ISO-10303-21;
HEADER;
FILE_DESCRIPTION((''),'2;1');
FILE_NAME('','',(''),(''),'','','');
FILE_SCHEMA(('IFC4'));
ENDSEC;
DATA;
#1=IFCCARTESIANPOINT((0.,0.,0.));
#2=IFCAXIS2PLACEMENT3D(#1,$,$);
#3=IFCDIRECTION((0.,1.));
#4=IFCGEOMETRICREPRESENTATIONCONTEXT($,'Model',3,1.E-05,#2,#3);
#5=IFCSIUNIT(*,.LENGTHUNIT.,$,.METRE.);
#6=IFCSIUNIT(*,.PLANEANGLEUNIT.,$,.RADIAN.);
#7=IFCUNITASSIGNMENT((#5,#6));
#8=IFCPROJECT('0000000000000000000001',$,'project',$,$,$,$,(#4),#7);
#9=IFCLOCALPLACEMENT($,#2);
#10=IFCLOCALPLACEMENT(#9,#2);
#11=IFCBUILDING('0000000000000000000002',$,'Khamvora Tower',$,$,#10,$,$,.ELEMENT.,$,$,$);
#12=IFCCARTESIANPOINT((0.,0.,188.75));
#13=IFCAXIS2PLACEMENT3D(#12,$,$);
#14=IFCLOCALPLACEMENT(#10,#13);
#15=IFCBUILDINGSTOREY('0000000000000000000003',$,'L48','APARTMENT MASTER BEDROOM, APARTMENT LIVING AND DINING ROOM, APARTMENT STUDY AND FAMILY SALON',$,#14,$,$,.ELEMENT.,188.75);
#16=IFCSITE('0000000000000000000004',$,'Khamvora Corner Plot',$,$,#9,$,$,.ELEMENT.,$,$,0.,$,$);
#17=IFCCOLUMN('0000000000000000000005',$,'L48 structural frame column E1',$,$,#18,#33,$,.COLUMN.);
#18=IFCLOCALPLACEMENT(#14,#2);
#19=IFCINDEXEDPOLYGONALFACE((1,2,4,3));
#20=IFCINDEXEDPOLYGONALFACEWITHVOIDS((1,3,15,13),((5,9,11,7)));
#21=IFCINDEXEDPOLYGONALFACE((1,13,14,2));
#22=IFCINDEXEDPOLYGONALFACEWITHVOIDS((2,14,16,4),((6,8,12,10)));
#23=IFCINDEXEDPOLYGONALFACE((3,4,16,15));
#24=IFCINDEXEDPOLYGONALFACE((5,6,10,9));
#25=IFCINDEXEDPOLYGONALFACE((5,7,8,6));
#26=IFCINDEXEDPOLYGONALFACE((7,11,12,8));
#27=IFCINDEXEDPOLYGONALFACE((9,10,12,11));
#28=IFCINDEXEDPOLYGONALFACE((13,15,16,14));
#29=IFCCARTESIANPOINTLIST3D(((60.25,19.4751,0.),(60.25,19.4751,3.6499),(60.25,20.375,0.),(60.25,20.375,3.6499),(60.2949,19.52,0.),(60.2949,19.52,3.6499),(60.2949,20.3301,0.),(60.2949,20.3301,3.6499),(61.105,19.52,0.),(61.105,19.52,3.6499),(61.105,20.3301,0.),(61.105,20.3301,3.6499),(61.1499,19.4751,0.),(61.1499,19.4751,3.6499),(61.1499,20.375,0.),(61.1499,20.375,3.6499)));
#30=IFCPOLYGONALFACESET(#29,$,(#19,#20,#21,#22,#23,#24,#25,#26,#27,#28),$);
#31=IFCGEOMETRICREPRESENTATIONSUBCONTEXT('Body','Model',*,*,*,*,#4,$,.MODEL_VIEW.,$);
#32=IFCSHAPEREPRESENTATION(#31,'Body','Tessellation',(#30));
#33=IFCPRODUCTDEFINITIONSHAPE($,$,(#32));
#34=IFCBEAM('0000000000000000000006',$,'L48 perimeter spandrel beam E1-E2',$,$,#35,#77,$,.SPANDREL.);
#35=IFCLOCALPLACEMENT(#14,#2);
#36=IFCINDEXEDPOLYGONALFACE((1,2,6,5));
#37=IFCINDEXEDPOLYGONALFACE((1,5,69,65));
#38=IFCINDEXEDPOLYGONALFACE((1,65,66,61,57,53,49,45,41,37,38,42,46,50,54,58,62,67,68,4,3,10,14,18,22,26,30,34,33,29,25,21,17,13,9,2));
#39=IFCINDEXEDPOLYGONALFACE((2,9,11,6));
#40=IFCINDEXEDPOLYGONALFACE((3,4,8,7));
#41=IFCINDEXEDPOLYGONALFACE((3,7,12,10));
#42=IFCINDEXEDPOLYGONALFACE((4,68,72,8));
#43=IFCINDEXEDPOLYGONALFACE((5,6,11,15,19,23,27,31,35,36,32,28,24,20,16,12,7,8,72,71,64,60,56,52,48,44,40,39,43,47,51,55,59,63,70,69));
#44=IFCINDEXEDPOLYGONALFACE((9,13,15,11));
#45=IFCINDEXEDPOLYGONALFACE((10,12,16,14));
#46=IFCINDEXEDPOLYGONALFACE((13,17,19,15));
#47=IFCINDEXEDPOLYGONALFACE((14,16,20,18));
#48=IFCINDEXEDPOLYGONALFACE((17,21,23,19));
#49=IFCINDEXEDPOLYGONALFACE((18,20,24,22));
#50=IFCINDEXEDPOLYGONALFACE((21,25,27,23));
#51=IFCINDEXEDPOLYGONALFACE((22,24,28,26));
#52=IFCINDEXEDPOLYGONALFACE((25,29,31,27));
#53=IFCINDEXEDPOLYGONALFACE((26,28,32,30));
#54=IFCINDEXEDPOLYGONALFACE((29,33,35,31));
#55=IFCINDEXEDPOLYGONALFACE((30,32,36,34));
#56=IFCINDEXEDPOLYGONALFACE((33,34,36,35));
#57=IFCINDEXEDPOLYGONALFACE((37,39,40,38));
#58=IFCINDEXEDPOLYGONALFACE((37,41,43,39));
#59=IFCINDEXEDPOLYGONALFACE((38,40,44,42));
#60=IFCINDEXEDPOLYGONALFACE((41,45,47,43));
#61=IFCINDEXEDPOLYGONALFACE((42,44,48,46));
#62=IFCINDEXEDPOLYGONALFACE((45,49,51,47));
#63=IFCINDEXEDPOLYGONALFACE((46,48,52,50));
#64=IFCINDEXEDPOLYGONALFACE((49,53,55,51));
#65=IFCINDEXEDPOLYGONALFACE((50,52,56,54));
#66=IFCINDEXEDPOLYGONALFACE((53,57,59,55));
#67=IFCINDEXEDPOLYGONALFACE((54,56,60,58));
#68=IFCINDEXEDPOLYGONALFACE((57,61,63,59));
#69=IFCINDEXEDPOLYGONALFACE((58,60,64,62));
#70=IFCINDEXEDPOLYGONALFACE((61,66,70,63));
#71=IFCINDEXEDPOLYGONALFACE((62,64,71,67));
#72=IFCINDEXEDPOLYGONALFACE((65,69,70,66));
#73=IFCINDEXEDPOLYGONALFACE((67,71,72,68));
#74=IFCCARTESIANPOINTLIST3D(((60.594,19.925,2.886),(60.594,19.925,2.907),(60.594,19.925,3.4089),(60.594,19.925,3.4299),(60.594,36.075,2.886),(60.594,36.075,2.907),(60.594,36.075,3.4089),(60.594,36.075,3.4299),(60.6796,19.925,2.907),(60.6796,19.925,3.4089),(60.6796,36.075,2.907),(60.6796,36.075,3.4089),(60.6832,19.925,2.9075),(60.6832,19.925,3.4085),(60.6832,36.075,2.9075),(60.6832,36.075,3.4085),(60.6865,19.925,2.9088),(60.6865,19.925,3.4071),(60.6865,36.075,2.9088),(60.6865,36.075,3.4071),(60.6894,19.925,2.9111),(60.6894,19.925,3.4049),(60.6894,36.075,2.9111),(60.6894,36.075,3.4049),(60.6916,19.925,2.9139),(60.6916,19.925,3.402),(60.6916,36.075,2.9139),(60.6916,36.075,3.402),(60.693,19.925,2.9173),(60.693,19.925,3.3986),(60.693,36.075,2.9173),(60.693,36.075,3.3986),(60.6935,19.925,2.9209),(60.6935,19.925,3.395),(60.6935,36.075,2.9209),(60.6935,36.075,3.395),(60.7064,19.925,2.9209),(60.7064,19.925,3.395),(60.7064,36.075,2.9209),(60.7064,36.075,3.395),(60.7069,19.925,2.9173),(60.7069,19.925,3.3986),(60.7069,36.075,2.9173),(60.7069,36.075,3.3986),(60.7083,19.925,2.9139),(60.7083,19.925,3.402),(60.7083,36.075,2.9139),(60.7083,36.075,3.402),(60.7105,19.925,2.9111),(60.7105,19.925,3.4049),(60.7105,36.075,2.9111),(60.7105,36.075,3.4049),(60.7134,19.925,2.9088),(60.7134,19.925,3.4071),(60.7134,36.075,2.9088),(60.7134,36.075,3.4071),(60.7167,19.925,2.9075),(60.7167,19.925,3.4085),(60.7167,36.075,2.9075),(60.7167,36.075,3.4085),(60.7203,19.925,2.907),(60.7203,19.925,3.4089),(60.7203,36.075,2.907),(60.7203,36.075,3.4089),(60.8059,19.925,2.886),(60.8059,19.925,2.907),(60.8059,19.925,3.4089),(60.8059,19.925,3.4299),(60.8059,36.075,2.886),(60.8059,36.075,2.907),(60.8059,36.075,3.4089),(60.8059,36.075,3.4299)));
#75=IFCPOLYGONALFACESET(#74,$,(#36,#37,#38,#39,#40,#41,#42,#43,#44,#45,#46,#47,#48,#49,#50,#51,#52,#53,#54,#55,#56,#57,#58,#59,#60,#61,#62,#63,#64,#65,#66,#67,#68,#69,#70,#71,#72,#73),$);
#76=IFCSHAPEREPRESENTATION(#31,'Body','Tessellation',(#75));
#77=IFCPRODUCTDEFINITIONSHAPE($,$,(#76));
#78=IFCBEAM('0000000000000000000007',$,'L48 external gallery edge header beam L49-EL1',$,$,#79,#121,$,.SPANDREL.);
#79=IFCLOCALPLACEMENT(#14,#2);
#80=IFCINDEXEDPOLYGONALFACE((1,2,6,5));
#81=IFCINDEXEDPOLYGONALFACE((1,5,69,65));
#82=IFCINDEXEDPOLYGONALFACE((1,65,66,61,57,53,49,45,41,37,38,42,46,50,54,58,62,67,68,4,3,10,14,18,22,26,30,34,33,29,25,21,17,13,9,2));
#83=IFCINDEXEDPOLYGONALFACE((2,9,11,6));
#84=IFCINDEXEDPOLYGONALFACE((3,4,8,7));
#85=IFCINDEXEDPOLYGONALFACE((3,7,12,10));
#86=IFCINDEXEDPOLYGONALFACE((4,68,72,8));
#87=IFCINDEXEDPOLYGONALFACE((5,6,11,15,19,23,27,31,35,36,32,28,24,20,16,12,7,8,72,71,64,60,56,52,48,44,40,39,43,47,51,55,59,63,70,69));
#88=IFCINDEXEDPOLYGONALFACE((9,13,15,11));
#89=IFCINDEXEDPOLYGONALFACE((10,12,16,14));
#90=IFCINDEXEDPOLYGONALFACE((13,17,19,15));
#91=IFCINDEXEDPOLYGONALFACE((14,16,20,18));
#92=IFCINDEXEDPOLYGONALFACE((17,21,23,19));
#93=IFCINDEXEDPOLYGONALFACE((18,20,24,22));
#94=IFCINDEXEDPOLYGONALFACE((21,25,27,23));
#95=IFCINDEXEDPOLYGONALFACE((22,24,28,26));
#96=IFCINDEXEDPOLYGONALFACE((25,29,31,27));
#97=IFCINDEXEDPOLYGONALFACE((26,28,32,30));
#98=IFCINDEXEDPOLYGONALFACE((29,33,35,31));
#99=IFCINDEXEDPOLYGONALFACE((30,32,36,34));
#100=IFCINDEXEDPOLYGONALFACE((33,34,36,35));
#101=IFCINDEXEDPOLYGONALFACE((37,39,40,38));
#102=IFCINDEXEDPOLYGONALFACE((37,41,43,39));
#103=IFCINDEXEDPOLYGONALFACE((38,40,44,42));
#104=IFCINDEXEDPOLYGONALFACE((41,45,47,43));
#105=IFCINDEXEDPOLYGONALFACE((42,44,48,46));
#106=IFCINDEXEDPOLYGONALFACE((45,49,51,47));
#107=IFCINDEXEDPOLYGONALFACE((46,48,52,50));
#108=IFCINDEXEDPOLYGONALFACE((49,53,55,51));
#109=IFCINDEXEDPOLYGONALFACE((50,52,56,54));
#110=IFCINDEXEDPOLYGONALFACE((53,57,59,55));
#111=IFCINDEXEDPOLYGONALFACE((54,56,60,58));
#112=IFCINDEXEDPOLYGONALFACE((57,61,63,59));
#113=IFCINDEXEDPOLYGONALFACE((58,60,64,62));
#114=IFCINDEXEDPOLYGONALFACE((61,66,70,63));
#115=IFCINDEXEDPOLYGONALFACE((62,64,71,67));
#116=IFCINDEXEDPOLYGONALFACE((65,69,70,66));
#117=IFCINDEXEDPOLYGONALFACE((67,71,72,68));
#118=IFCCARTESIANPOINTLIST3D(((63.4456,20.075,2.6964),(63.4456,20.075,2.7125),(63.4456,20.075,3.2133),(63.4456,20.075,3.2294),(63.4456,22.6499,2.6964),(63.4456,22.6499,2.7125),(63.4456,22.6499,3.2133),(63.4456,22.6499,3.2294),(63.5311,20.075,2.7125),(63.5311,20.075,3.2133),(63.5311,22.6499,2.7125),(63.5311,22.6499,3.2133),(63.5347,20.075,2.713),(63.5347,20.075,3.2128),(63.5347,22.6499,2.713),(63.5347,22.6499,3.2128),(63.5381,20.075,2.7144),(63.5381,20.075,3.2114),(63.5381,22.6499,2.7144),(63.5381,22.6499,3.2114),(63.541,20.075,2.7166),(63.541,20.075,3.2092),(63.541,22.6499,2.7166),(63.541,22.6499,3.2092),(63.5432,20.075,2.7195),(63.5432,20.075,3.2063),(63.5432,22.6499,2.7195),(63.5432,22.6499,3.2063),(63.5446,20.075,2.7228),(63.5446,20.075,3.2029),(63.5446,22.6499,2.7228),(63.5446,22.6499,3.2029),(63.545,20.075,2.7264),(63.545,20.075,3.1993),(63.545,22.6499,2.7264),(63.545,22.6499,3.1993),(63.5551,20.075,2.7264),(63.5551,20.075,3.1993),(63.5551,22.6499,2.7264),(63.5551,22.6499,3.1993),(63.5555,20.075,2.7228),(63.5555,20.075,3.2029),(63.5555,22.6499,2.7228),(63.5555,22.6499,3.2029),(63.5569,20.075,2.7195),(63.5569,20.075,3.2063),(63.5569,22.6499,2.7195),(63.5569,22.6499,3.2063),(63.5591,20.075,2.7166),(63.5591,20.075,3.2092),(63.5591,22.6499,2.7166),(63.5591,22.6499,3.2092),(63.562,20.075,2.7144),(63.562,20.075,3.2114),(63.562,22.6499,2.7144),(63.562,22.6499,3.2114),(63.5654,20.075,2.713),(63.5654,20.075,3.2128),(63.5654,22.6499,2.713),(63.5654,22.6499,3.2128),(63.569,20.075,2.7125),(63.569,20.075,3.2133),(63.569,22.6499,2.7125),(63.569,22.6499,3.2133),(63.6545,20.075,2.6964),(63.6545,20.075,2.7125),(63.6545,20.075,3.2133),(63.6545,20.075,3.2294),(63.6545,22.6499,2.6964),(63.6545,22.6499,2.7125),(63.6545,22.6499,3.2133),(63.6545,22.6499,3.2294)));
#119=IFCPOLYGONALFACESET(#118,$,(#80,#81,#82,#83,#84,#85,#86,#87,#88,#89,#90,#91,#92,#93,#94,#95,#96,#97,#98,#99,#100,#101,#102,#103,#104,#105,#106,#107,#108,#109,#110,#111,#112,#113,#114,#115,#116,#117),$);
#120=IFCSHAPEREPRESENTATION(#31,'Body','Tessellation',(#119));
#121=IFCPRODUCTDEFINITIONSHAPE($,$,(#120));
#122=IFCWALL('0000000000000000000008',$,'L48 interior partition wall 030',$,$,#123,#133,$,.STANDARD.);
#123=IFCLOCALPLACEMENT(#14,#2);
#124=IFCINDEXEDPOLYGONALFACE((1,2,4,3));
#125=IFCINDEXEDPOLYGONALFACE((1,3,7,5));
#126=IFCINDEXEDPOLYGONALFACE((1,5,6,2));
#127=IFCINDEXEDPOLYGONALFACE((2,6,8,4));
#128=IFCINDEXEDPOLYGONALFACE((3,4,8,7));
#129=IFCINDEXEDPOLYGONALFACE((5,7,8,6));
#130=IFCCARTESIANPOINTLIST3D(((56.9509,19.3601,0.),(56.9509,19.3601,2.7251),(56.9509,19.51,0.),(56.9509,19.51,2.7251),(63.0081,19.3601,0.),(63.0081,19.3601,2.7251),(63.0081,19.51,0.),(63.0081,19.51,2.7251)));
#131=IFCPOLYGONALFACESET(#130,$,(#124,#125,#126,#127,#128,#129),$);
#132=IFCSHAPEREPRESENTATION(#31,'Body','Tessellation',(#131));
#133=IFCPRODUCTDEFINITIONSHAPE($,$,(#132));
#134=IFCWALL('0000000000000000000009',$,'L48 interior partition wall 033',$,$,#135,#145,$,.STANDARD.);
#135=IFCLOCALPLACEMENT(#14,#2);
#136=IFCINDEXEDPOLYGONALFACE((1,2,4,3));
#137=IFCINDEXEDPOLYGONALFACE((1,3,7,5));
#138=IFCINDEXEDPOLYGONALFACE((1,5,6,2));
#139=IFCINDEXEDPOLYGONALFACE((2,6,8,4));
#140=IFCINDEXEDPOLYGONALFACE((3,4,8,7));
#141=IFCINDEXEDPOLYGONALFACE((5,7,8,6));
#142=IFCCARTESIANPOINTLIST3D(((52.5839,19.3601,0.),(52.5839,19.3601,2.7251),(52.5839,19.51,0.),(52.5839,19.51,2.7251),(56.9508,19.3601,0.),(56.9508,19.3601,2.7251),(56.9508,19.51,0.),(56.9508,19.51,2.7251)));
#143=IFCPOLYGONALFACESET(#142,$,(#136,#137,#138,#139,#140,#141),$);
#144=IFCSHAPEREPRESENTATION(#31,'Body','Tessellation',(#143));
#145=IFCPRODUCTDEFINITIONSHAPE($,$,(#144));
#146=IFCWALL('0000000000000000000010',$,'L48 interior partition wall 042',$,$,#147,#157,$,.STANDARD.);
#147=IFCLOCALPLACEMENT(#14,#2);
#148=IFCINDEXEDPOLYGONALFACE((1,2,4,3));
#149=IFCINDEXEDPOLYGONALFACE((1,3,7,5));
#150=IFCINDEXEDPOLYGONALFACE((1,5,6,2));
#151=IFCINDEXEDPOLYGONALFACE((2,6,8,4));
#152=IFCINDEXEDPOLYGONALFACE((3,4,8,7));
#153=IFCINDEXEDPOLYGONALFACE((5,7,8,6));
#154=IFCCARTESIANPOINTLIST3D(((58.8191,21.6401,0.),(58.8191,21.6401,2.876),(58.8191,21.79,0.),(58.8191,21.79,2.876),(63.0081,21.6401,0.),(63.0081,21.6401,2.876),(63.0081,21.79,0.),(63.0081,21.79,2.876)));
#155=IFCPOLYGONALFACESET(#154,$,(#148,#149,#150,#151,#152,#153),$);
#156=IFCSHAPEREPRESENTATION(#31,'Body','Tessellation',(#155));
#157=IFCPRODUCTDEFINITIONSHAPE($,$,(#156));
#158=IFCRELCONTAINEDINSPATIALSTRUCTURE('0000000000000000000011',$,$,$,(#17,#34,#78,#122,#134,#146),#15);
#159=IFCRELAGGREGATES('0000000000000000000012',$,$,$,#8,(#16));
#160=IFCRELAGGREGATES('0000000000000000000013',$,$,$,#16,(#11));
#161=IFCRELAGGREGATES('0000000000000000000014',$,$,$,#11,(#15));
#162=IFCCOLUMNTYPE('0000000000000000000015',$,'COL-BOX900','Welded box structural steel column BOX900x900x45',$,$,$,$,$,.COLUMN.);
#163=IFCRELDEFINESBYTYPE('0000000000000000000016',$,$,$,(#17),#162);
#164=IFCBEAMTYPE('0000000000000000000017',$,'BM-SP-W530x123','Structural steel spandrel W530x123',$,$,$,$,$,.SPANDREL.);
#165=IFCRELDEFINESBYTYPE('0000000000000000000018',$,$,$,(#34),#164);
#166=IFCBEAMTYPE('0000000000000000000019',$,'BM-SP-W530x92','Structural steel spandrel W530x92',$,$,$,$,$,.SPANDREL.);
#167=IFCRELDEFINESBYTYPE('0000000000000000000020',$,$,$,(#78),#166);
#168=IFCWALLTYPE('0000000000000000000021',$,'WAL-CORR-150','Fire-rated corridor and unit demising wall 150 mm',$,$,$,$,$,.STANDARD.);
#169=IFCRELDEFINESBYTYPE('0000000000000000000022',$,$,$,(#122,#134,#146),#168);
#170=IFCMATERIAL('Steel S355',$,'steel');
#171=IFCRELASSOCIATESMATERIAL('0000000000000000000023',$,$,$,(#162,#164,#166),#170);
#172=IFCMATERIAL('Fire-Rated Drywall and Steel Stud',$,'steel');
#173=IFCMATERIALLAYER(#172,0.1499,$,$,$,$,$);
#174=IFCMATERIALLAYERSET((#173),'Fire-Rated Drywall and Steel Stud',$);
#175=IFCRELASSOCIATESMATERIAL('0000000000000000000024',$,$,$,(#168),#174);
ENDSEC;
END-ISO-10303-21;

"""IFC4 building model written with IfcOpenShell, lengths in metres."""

from ifc_helpers import new_model, si_unit, direction, frame, frame_2d, origin, origin_2d, place, context, subcontext, project, spatial, rectangle, hollow_rectangle, i_section, extrude, material, layer, layer_set, material_profile, profile_set, type_object, element, save


model = new_model("IFC4")

# Units and contexts
model_context = context("Model", 3, precision=1e-05, world=origin(), true_north=direction((0.0, 1.0)))
body_context = subcontext(model_context, "Body", "Model", "MODEL_VIEW")
ifc_project = project(units=[si_unit("LENGTHUNIT", "METRE"), si_unit("PLANEANGLEUNIT", "RADIAN")], contexts=[model_context])

# Site, building, storey
site_placement = place(None, origin())
site = spatial("IfcSite", under=ifc_project, at=site_placement, Name="Khamvora Corner Plot", CompositionType="ELEMENT", RefElevation=0.0)
building_placement = place(site_placement, origin())
building = spatial("IfcBuilding", under=site, at=building_placement, Name="Khamvora Tower", CompositionType="ELEMENT")
storey_placement = place(building_placement, frame((0.0, 0.0, 188.75)))
storey = spatial("IfcBuildingStorey", under=building, at=storey_placement, Name="L48", Description="APARTMENT MASTER BEDROOM, APARTMENT LIVING AND DINING ROOM, APARTMENT STUDY AND FAMILY SALON", CompositionType="ELEMENT", Elevation=188.75)

# Column
ifc_material_1 = material(Name="Steel S355", Category="steel")
ifc_material_profile_1 = material_profile(ifc_material_1, hollow_rectangle(XDim=0.8999, YDim=0.8999, WallThickness=0.0449, at=origin_2d()), Name="BOX900x900x45")
ifc_profile_set_1 = profile_set([ifc_material_profile_1], Name="Steel S355")
column_type = type_object("IfcColumnType", Name="COL-BOX900", Description="Welded box structural steel column BOX900x900x45", PredefinedType="COLUMN", material=ifc_profile_set_1)
column_placement = place(storey_placement, frame((60.7, 19.925, 0.0), z_axis=(0.0, 0.0, 1.0), x_axis=(1.0, 0.0, 0.0)))
element("IfcColumn", 1, at=column_placement, inside=storey, type_object=column_type, Name="L48 structural frame column E1", PredefinedType="COLUMN", context=body_context, shape_type="SweptSolid", body=[
    extrude(hollow_rectangle(XDim=0.8999, YDim=0.8999, WallThickness=0.0449, at=origin_2d()), origin(), (0.0, 0.0, 1.0), 3.6499),
])

# Beams
ifc_material_profile_2 = material_profile(ifc_material_1, i_section(OverallWidth=0.2119, OverallDepth=0.5439, WebThickness=0.0129, FlangeThickness=0.021, FilletRadius=0.0139, at=origin_2d()), Name="W530x123")
ifc_profile_set_2 = profile_set([ifc_material_profile_2], Name="Steel S355")
beam_type_1 = type_object("IfcBeamType", Name="BM-SP-W530x123", Description="Structural steel spandrel W530x123", PredefinedType="SPANDREL", material=ifc_profile_set_2)
beam_1_placement = place(storey_placement, frame((60.7, 19.925, 3.158), z_axis=(0.0, 1.0, 0.0), x_axis=(-1.0, 0.0, 0.0)))
element("IfcBeam", 2, at=beam_1_placement, inside=storey, type_object=beam_type_1, Name="L48 perimeter spandrel beam E1-E2", PredefinedType="SPANDREL", context=body_context, shape_type="SweptSolid", body=[
    extrude(i_section(OverallWidth=0.2119, OverallDepth=0.5439, WebThickness=0.0129, FlangeThickness=0.021, FilletRadius=0.0139, at=origin_2d()), origin(), (0.0, 0.0, 1.0), 16.1499),
])
ifc_material_profile_3 = material_profile(ifc_material_1, i_section(OverallWidth=0.209, OverallDepth=0.533, WebThickness=0.01, FlangeThickness=0.0161, FilletRadius=0.0139, at=origin_2d()), Name="W530x92")
ifc_profile_set_3 = profile_set([ifc_material_profile_3], Name="Steel S355")
beam_type_2 = type_object("IfcBeamType", Name="BM-SP-W530x92", Description="Structural steel spandrel W530x92", PredefinedType="SPANDREL", material=ifc_profile_set_3)
beam_2_placement = place(storey_placement, frame((63.55, 20.075, 2.9629), z_axis=(0.0, 1.0, 0.0), x_axis=(-1.0, 0.0, 0.0)))
element("IfcBeam", 3, at=beam_2_placement, inside=storey, type_object=beam_type_2, Name="L48 external gallery edge header beam L49-EL1", PredefinedType="SPANDREL", context=body_context, shape_type="SweptSolid", body=[
    extrude(i_section(OverallWidth=0.209, OverallDepth=0.533, WebThickness=0.01, FlangeThickness=0.0161, FilletRadius=0.0139, at=origin_2d()), origin(), (0.0, 0.0, 1.0), 2.575),
])

# Walls
ifc_material_2 = material(Name="Fire-Rated Drywall and Steel Stud", Category="steel")
ifc_layer_1 = layer(ifc_material_2, 0.1499)
ifc_layer_set_1 = layer_set([ifc_layer_1], Name="Fire-Rated Drywall and Steel Stud")
wall_type_1 = type_object("IfcWallType", Name="WAL-CORR-150", Description="Fire-rated corridor and unit demising wall 150 mm", PredefinedType="STANDARD", material=ifc_layer_set_1)
wall_1_placement = place(storey_placement, frame((63.0081, 19.4351, 0.0), z_axis=(0.0, 0.0, 1.0), x_axis=(-1.0, 0.0, 0.0)))
element("IfcWall", 4, at=wall_1_placement, inside=storey, type_object=wall_type_1, Name="L48 interior partition wall 030", PredefinedType="STANDARD", context=body_context, shape_type="SweptSolid", body=[
    extrude(rectangle(XDim=6.0571, YDim=0.1499, at=frame_2d((3.0286, 0.0))), origin(), (0.0, 0.0, 1.0), 2.7251),
])
wall_2_placement = place(storey_placement, frame((56.9509, 19.4351, 0.0), z_axis=(0.0, 0.0, 1.0), x_axis=(-1.0, 0.0, 0.0)))
element("IfcWall", 5, at=wall_2_placement, inside=storey, type_object=wall_type_1, Name="L48 interior partition wall 033", PredefinedType="STANDARD", context=body_context, shape_type="SweptSolid", body=[
    extrude(rectangle(XDim=4.3669, YDim=0.1499, at=frame_2d((2.1836, 0.0))), origin(), (0.0, 0.0, 1.0), 2.7251),
])

# Wall
wall_3_placement = place(storey_placement, frame((58.8191, 21.7151, 0.0), z_axis=(0.0, 0.0, 1.0), x_axis=(1.0, 0.0, 0.0)))
element("IfcWall", 6, at=wall_3_placement, inside=storey, type_object=wall_type_1, Name="L48 interior partition wall 042", PredefinedType="STANDARD", context=body_context, shape_type="SweptSolid", body=[
    extrude(rectangle(XDim=4.189, YDim=0.1499, at=frame_2d((2.0945, 0.0))), origin(), (0.0, 0.0, 1.0), 2.876),
])

save(model, "model.ifc")
